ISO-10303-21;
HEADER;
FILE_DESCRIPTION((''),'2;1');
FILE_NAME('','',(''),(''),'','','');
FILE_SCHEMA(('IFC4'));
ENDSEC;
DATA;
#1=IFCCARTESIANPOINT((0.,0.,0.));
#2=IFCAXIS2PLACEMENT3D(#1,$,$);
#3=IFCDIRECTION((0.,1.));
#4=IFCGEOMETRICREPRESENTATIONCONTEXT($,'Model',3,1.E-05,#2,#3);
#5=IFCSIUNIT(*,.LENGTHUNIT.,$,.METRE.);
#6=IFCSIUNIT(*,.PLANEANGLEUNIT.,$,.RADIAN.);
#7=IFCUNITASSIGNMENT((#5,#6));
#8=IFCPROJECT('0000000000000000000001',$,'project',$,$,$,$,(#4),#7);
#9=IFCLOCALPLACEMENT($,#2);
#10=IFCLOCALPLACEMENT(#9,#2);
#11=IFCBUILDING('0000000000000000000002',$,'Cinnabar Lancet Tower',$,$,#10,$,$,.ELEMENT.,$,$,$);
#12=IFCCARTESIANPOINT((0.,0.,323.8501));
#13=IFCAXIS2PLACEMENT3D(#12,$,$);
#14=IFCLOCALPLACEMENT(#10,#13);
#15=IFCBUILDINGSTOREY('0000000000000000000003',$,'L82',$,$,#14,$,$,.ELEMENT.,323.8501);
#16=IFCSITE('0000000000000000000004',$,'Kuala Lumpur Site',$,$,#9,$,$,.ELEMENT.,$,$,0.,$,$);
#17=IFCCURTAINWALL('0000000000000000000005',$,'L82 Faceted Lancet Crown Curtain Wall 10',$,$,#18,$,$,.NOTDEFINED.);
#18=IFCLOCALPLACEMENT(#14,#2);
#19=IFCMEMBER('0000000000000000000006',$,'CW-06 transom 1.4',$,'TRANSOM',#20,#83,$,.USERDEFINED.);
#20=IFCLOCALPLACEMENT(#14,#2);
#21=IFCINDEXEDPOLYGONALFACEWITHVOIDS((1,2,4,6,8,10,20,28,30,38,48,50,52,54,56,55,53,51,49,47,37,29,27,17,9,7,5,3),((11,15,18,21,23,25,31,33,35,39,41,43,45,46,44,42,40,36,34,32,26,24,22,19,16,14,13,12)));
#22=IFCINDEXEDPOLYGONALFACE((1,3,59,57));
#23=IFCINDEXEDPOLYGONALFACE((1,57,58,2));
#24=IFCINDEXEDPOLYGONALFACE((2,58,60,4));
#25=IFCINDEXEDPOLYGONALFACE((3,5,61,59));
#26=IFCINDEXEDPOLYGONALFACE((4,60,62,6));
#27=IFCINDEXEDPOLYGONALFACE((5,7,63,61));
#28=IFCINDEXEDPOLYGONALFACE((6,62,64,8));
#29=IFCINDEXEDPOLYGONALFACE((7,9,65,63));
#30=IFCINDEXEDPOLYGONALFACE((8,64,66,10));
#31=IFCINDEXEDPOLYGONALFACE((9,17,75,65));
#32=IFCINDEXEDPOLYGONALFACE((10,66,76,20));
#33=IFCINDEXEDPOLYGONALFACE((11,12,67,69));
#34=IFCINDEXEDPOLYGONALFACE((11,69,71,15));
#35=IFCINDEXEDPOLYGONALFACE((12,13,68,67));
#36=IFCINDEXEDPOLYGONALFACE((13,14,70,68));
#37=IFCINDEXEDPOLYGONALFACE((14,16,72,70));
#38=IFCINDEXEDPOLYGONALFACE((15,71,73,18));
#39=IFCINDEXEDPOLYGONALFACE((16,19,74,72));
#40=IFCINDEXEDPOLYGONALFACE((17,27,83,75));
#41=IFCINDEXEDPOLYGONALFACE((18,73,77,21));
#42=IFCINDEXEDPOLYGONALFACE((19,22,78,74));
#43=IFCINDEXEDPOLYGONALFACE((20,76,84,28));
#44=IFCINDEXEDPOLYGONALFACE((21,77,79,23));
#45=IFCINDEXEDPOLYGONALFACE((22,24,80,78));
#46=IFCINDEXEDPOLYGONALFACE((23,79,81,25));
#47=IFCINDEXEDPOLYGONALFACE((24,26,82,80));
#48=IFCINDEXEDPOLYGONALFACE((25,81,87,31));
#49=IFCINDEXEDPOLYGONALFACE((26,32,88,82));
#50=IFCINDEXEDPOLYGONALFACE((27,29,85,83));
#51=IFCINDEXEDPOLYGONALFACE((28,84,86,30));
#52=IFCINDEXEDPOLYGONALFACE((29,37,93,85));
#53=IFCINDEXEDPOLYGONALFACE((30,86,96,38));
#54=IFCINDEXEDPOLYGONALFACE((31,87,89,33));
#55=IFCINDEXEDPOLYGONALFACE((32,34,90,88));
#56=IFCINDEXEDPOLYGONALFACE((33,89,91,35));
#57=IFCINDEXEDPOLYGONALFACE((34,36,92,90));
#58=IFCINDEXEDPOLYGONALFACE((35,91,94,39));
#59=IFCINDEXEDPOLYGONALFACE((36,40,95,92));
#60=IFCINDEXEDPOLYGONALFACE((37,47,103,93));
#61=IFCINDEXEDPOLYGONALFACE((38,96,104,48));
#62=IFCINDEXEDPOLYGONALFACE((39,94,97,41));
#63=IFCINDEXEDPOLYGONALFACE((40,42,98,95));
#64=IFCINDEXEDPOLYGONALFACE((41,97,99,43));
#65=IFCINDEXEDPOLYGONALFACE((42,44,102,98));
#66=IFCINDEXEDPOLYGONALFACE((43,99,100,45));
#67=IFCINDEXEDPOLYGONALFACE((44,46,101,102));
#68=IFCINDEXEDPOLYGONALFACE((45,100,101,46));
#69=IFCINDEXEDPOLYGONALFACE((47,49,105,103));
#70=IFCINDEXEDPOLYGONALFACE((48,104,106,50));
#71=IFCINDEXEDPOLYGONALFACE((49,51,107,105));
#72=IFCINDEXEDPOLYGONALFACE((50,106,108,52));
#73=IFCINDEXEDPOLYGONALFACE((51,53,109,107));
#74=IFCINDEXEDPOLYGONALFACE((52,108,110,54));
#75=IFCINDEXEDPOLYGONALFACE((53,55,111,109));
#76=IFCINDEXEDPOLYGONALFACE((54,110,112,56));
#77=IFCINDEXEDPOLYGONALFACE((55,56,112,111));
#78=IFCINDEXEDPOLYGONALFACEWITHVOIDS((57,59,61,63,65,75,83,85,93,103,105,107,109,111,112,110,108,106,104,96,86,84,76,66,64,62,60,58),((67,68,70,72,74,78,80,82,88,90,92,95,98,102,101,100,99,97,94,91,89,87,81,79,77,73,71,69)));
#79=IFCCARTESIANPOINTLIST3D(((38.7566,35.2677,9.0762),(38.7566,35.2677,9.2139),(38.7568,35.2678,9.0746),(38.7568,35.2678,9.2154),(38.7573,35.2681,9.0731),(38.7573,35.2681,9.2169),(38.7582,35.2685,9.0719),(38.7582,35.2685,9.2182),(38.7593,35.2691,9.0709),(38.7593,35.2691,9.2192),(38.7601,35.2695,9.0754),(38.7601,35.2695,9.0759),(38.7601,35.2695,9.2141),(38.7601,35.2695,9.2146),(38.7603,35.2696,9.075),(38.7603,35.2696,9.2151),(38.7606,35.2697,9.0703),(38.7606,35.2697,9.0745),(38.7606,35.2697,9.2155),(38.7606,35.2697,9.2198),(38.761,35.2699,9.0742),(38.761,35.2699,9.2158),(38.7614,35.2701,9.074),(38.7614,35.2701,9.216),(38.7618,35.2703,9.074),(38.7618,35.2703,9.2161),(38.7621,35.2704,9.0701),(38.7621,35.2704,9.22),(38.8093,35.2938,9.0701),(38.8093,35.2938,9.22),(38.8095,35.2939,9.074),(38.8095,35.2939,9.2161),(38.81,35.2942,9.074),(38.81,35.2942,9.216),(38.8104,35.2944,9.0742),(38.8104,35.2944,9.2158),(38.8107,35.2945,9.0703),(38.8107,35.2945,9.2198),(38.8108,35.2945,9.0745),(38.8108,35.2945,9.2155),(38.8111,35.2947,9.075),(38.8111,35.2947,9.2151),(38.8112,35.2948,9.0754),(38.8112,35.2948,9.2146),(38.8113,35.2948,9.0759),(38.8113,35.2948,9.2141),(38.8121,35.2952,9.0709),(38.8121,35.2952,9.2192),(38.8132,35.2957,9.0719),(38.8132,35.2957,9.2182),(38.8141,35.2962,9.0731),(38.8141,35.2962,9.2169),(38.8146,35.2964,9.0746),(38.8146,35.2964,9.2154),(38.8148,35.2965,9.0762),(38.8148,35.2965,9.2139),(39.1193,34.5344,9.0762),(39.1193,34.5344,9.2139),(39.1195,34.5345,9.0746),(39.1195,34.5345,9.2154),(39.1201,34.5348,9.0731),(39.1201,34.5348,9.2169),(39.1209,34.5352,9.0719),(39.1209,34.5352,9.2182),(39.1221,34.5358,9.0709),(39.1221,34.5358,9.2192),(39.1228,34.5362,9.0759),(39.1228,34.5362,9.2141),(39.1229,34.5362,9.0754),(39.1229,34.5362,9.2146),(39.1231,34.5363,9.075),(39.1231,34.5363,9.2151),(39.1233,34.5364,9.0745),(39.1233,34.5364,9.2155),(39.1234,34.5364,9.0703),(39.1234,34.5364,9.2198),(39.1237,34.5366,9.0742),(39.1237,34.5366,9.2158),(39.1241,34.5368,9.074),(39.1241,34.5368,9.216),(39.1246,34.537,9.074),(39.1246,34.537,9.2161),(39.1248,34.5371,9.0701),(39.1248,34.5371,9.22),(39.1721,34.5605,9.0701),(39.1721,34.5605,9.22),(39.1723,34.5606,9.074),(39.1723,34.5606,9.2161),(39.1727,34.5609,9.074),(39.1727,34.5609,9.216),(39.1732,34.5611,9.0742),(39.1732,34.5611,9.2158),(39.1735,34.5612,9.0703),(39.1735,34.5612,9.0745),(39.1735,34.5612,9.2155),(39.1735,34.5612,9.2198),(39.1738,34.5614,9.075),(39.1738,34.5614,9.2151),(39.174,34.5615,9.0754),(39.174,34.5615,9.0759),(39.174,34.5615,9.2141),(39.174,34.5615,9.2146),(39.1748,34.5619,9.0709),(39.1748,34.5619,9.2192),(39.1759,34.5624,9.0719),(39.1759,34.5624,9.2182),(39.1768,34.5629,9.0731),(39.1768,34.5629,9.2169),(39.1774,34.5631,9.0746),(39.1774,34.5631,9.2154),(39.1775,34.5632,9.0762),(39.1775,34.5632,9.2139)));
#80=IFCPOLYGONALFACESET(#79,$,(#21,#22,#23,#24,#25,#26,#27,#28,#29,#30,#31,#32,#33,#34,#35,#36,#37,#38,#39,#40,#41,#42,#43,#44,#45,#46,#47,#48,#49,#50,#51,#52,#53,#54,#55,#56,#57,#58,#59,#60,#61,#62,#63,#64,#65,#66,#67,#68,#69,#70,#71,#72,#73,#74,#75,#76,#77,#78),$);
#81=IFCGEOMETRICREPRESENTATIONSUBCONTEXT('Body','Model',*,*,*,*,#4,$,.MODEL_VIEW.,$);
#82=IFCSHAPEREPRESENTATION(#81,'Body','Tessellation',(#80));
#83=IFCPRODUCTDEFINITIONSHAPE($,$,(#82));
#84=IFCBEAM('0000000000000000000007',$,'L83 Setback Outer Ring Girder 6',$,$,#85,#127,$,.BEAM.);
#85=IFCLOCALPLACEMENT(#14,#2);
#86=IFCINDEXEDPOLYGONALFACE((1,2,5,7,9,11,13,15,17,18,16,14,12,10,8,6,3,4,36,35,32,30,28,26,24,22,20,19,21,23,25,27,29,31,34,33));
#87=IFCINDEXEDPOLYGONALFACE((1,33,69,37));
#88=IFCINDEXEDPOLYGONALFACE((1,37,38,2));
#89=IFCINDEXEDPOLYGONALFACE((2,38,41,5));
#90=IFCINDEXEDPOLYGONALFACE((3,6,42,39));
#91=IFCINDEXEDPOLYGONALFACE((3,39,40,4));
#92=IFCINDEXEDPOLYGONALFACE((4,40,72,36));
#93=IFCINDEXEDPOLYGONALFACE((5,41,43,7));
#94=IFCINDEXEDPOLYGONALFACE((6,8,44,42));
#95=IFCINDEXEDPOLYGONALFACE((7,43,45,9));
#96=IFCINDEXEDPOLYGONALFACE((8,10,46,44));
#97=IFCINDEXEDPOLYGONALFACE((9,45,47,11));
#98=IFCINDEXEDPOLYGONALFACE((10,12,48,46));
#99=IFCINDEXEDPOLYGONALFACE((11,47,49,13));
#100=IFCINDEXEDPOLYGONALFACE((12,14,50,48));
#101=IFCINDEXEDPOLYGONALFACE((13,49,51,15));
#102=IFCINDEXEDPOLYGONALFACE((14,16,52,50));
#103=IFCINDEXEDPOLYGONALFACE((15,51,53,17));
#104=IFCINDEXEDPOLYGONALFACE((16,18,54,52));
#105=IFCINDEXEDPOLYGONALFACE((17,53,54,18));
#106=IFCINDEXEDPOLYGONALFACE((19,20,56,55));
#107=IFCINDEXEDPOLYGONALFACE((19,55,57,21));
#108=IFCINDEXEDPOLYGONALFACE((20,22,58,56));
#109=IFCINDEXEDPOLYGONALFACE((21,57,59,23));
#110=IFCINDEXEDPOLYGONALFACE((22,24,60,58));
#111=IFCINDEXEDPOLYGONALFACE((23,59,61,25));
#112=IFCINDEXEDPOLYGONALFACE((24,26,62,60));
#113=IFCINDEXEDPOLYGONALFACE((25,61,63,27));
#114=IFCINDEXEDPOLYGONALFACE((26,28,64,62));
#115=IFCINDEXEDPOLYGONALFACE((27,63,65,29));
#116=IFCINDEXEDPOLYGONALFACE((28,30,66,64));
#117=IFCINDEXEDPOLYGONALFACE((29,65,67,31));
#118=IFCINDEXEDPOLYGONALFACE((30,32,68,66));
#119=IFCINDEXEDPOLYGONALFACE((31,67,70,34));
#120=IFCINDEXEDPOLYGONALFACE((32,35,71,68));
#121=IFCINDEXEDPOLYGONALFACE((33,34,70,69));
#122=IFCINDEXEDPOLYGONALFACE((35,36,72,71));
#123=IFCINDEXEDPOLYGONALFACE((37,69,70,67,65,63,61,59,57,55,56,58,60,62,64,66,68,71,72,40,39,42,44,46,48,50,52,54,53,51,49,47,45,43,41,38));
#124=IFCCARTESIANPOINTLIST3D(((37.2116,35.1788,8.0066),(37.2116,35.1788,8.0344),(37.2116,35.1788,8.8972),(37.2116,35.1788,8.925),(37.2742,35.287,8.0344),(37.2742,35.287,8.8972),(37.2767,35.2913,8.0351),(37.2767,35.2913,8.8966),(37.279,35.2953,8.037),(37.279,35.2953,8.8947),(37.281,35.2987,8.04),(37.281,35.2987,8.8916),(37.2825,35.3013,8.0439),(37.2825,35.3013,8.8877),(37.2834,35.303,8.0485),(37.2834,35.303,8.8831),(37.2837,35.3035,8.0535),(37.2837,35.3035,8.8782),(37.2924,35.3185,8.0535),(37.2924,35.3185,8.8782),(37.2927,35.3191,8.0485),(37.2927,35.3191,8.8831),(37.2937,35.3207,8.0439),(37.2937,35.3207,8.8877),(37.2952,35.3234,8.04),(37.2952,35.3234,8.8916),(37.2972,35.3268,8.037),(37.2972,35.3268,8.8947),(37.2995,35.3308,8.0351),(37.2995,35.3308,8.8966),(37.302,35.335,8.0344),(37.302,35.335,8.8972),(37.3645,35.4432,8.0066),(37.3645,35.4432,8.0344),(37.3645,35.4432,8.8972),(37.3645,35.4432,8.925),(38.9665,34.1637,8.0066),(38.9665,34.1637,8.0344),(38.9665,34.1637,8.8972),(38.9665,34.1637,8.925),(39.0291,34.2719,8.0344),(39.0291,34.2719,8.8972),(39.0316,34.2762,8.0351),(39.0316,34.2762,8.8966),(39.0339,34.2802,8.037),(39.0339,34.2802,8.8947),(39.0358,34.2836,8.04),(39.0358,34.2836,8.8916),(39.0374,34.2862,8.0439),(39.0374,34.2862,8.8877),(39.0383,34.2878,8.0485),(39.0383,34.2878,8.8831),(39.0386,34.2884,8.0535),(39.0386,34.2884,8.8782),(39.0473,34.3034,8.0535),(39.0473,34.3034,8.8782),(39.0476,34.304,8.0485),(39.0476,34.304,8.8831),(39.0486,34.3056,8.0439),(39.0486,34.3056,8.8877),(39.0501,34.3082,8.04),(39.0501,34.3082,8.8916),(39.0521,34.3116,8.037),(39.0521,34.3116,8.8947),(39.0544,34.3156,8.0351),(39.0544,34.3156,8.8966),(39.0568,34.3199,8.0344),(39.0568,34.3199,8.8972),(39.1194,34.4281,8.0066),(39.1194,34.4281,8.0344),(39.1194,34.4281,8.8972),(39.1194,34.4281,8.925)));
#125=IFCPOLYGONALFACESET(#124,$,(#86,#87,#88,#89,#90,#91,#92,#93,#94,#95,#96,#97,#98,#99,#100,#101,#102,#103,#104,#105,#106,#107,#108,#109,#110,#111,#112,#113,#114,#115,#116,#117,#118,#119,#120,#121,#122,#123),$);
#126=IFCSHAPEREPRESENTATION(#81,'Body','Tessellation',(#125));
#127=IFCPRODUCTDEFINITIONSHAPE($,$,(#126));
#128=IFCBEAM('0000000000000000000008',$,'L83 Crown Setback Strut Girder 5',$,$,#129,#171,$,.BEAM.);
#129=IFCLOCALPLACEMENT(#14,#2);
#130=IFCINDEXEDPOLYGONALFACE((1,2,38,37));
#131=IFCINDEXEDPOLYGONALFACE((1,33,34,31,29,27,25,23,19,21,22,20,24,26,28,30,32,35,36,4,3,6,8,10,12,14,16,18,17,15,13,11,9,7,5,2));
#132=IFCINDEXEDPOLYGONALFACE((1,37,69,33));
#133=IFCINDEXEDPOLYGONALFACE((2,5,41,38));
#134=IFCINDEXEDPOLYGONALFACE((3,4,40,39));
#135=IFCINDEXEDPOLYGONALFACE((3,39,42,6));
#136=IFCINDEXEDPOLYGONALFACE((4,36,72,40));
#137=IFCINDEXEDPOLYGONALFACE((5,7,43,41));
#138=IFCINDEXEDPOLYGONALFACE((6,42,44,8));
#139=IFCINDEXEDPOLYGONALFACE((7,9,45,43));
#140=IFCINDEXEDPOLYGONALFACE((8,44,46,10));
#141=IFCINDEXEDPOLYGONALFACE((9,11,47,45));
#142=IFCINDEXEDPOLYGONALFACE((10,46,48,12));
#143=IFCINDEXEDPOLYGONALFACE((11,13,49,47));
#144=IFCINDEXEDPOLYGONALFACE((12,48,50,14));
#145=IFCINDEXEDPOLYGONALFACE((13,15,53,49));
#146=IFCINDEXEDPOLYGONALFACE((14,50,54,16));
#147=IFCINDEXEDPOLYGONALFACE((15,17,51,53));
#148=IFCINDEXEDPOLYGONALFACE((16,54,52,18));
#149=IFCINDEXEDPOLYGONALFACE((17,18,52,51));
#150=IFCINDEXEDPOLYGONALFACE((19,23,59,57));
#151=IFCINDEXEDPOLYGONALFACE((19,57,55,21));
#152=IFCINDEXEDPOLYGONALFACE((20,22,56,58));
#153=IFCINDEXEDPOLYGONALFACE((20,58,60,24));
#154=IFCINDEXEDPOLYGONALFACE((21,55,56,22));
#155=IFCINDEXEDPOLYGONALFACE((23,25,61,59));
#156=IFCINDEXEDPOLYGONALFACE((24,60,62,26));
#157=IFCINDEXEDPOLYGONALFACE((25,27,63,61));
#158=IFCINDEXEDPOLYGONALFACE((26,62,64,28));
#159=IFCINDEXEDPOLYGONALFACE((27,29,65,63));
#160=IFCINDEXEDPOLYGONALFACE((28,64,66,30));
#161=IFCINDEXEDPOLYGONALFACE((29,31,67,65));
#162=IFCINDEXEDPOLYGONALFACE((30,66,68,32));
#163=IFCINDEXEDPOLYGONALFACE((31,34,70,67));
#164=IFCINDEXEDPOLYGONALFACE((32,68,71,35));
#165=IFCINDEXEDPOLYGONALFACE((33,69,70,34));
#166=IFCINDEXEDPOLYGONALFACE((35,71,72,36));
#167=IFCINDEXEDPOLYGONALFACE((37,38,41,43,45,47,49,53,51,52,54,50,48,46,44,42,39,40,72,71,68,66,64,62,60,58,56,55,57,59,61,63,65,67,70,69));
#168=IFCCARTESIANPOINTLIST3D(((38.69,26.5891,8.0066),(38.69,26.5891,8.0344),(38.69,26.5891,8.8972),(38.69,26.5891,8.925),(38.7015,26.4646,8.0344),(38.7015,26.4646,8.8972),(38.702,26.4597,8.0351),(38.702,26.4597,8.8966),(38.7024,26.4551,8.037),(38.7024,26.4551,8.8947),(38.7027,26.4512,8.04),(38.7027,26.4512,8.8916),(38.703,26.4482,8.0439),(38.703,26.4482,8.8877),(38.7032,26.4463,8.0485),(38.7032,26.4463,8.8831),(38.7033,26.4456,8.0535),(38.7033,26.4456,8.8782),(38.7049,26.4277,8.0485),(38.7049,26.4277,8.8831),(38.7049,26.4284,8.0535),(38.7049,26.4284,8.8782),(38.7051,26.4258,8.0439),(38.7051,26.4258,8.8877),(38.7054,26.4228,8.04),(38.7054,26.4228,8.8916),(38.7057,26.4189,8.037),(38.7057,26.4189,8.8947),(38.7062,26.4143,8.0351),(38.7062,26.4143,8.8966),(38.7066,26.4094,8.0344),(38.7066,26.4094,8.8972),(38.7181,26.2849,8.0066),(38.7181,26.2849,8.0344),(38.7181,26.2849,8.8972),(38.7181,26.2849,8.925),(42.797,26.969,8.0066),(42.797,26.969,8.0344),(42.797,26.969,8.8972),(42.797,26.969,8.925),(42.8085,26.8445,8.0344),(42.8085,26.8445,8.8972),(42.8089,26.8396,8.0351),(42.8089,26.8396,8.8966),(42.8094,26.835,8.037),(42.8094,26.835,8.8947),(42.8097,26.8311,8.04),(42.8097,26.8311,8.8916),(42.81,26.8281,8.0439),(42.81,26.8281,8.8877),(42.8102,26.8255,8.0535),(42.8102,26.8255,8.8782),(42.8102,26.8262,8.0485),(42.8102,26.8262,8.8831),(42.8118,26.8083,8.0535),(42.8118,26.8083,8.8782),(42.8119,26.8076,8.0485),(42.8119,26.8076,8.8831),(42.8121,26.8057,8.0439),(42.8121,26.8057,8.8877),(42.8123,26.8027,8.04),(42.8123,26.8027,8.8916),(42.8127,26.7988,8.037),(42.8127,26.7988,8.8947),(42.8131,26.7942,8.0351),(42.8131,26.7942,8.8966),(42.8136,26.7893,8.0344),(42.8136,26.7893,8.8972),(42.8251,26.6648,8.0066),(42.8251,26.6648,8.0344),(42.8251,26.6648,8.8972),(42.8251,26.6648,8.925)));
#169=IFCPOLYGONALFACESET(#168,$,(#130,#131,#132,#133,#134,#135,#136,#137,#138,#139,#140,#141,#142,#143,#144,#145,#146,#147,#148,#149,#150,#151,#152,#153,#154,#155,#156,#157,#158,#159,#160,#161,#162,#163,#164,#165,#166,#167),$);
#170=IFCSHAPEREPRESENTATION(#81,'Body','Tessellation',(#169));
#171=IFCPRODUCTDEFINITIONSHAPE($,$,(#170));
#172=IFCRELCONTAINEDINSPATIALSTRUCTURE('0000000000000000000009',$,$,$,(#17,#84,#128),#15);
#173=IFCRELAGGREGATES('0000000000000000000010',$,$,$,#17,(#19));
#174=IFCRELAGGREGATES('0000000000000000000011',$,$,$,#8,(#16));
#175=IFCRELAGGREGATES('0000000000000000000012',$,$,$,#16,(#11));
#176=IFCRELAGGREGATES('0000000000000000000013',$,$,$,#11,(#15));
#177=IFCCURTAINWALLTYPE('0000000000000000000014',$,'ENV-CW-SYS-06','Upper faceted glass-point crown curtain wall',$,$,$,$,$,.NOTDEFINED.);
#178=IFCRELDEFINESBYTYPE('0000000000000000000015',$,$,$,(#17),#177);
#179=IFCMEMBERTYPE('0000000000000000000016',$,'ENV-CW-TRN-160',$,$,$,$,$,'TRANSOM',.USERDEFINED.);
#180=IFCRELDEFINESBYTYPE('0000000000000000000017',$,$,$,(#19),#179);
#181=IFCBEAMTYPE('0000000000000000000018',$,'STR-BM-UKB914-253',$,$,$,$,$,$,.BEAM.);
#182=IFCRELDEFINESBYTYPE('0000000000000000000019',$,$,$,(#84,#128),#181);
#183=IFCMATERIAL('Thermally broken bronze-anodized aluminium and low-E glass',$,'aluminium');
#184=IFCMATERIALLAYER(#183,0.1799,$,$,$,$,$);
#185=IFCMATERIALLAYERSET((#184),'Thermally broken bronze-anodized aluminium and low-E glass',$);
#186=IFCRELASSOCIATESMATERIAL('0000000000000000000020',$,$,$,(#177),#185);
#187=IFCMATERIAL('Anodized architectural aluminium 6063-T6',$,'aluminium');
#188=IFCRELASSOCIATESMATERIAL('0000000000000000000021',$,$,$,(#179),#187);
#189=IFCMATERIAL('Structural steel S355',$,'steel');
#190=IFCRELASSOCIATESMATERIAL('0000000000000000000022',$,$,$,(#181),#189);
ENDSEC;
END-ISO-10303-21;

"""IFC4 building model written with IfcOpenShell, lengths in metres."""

from ifc_helpers import new_model, si_unit, direction, frame, origin, origin_2d, place, context, subcontext, project, spatial, hollow_rectangle, i_section, extrude, material, layer, layer_set, material_profile, profile_set, type_object, element, aggregate, save


model = new_model("IFC4")

# Units and contexts
model_context = context("Model", 3, precision=1e-05, world=origin(), true_north=direction((0.0, 1.0)))
body_context = subcontext(model_context, "Body", "Model", "MODEL_VIEW")
ifc_project = project(units=[si_unit("LENGTHUNIT", "METRE"), si_unit("PLANEANGLEUNIT", "RADIAN")], contexts=[model_context])

# Site, building, storey
site_placement = place(None, origin())
site = spatial("IfcSite", under=ifc_project, at=site_placement, Name="Kuala Lumpur Site", CompositionType="ELEMENT", RefElevation=0.0)
building_placement = place(site_placement, origin())
building = spatial("IfcBuilding", under=site, at=building_placement, Name="Cinnabar Lancet Tower", CompositionType="ELEMENT")
storey_placement = place(building_placement, frame((0.0, 0.0, 323.8501)))
storey = spatial("IfcBuildingStorey", under=building, at=storey_placement, Name="L82", CompositionType="ELEMENT", Elevation=323.8501)

# Shared definitions
ifc_material_1 = material(Name="Thermally broken bronze-anodized aluminium and low-E glass", Category="aluminium")
ifc_layer_1 = layer(ifc_material_1, 0.1799)
ifc_layer_set_1 = layer_set([ifc_layer_1], Name="Thermally broken bronze-anodized aluminium and low-E glass")
curtain_wall_type = type_object("IfcCurtainWallType", Name="ENV-CW-SYS-06", Description="Upper faceted glass-point crown curtain wall", PredefinedType="NOTDEFINED", material=ifc_layer_set_1)

# Curtain wall
curtain_wall_1_placement = place(storey_placement, origin())
curtain_wall_1 = element("IfcCurtainWall", 1, at=curtain_wall_1_placement, inside=storey, type_object=curtain_wall_type, Name="L82 Faceted Lancet Crown Curtain Wall 10", PredefinedType="NOTDEFINED")

# Member
ifc_material_2 = material(Name="Anodized architectural aluminium 6063-T6", Category="aluminium")
ifc_material_profile_1 = material_profile(ifc_material_2, hollow_rectangle(XDim=0.0649, YDim=0.1499, WallThickness=0.0039, InnerFilletRadius=0.002, OuterFilletRadius=0.0061, at=origin_2d()), Name="CW-TRN 150x65x4")
ifc_profile_set_1 = profile_set([ifc_material_profile_1], Name="Anodized architectural aluminium 6063-T6")
member_type_1 = type_object("IfcMemberType", Name="ENV-CW-TRN-160", ElementType="TRANSOM", PredefinedType="USERDEFINED", material=ifc_profile_set_1)
member_1_placement = place(storey_placement, frame((39.1484, 34.5488, 9.145), z_axis=(-0.44339, 0.896329, 0.0), x_axis=(-0.896329, -0.44339, 0.0)))
member_1 = element("IfcMember", 2, at=member_1_placement, type_object=member_type_1, Name="CW-06 transom 1.4", ObjectType="TRANSOM", PredefinedType="USERDEFINED", context=body_context, shape_type="SweptSolid", body=[
    extrude(hollow_rectangle(XDim=0.0649, YDim=0.1499, WallThickness=0.0039, InnerFilletRadius=0.002, OuterFilletRadius=0.0061, at=origin_2d()), origin(), (0.0, 0.0, 1.0), 0.8181),
])

# Beams
ifc_material_3 = material(Name="Structural steel S355", Category="steel")
ifc_material_profile_2 = material_profile(ifc_material_3, i_section(OverallWidth=0.3054, OverallDepth=0.9185, WebThickness=0.0173, FlangeThickness=0.0278, FilletRadius=0.019, at=origin_2d()), Name="UKB 914x305x253")
ifc_profile_set_2 = profile_set([ifc_material_profile_2], Name="Structural steel S355")
beam_type = type_object("IfcBeamType", Name="STR-BM-UKB914-253", PredefinedType="BEAM", material=ifc_profile_set_2)
beam_1_placement = place(storey_placement, frame((39.043, 34.2959, 8.4658), z_axis=(-0.865608, 0.500723, 0.0), x_axis=(-0.500723, -0.865608, 0.0)))
element("IfcBeam", 3, at=beam_1_placement, inside=storey, type_object=beam_type, Name="L83 Setback Outer Ring Girder 6", PredefinedType="BEAM", context=body_context, shape_type="SweptSolid", body=[
    extrude(i_section(OverallWidth=0.3054, OverallDepth=0.9185, WebThickness=0.0173, FlangeThickness=0.0278, FilletRadius=0.019, at=origin_2d()), origin(), (0.0, 0.0, 1.0), 2.0273),
])
beam_2_placement = place(storey_placement, frame((42.811, 26.8169, 8.4658), z_axis=(-0.995749, -0.092105, 0.0), x_axis=(0.092105, -0.995749, 0.0)))
element("IfcBeam", 4, at=beam_2_placement, inside=storey, type_object=beam_type, Name="L83 Crown Setback Strut Girder 5", PredefinedType="BEAM", context=body_context, shape_type="SweptSolid", body=[
    extrude(i_section(OverallWidth=0.3054, OverallDepth=0.9185, WebThickness=0.0173, FlangeThickness=0.0278, FilletRadius=0.019, at=origin_2d()), origin(), (0.0, 0.0, 1.0), 4.1245),
])

aggregate(curtain_wall_1, [member_1])

save(model, "model.ifc")
